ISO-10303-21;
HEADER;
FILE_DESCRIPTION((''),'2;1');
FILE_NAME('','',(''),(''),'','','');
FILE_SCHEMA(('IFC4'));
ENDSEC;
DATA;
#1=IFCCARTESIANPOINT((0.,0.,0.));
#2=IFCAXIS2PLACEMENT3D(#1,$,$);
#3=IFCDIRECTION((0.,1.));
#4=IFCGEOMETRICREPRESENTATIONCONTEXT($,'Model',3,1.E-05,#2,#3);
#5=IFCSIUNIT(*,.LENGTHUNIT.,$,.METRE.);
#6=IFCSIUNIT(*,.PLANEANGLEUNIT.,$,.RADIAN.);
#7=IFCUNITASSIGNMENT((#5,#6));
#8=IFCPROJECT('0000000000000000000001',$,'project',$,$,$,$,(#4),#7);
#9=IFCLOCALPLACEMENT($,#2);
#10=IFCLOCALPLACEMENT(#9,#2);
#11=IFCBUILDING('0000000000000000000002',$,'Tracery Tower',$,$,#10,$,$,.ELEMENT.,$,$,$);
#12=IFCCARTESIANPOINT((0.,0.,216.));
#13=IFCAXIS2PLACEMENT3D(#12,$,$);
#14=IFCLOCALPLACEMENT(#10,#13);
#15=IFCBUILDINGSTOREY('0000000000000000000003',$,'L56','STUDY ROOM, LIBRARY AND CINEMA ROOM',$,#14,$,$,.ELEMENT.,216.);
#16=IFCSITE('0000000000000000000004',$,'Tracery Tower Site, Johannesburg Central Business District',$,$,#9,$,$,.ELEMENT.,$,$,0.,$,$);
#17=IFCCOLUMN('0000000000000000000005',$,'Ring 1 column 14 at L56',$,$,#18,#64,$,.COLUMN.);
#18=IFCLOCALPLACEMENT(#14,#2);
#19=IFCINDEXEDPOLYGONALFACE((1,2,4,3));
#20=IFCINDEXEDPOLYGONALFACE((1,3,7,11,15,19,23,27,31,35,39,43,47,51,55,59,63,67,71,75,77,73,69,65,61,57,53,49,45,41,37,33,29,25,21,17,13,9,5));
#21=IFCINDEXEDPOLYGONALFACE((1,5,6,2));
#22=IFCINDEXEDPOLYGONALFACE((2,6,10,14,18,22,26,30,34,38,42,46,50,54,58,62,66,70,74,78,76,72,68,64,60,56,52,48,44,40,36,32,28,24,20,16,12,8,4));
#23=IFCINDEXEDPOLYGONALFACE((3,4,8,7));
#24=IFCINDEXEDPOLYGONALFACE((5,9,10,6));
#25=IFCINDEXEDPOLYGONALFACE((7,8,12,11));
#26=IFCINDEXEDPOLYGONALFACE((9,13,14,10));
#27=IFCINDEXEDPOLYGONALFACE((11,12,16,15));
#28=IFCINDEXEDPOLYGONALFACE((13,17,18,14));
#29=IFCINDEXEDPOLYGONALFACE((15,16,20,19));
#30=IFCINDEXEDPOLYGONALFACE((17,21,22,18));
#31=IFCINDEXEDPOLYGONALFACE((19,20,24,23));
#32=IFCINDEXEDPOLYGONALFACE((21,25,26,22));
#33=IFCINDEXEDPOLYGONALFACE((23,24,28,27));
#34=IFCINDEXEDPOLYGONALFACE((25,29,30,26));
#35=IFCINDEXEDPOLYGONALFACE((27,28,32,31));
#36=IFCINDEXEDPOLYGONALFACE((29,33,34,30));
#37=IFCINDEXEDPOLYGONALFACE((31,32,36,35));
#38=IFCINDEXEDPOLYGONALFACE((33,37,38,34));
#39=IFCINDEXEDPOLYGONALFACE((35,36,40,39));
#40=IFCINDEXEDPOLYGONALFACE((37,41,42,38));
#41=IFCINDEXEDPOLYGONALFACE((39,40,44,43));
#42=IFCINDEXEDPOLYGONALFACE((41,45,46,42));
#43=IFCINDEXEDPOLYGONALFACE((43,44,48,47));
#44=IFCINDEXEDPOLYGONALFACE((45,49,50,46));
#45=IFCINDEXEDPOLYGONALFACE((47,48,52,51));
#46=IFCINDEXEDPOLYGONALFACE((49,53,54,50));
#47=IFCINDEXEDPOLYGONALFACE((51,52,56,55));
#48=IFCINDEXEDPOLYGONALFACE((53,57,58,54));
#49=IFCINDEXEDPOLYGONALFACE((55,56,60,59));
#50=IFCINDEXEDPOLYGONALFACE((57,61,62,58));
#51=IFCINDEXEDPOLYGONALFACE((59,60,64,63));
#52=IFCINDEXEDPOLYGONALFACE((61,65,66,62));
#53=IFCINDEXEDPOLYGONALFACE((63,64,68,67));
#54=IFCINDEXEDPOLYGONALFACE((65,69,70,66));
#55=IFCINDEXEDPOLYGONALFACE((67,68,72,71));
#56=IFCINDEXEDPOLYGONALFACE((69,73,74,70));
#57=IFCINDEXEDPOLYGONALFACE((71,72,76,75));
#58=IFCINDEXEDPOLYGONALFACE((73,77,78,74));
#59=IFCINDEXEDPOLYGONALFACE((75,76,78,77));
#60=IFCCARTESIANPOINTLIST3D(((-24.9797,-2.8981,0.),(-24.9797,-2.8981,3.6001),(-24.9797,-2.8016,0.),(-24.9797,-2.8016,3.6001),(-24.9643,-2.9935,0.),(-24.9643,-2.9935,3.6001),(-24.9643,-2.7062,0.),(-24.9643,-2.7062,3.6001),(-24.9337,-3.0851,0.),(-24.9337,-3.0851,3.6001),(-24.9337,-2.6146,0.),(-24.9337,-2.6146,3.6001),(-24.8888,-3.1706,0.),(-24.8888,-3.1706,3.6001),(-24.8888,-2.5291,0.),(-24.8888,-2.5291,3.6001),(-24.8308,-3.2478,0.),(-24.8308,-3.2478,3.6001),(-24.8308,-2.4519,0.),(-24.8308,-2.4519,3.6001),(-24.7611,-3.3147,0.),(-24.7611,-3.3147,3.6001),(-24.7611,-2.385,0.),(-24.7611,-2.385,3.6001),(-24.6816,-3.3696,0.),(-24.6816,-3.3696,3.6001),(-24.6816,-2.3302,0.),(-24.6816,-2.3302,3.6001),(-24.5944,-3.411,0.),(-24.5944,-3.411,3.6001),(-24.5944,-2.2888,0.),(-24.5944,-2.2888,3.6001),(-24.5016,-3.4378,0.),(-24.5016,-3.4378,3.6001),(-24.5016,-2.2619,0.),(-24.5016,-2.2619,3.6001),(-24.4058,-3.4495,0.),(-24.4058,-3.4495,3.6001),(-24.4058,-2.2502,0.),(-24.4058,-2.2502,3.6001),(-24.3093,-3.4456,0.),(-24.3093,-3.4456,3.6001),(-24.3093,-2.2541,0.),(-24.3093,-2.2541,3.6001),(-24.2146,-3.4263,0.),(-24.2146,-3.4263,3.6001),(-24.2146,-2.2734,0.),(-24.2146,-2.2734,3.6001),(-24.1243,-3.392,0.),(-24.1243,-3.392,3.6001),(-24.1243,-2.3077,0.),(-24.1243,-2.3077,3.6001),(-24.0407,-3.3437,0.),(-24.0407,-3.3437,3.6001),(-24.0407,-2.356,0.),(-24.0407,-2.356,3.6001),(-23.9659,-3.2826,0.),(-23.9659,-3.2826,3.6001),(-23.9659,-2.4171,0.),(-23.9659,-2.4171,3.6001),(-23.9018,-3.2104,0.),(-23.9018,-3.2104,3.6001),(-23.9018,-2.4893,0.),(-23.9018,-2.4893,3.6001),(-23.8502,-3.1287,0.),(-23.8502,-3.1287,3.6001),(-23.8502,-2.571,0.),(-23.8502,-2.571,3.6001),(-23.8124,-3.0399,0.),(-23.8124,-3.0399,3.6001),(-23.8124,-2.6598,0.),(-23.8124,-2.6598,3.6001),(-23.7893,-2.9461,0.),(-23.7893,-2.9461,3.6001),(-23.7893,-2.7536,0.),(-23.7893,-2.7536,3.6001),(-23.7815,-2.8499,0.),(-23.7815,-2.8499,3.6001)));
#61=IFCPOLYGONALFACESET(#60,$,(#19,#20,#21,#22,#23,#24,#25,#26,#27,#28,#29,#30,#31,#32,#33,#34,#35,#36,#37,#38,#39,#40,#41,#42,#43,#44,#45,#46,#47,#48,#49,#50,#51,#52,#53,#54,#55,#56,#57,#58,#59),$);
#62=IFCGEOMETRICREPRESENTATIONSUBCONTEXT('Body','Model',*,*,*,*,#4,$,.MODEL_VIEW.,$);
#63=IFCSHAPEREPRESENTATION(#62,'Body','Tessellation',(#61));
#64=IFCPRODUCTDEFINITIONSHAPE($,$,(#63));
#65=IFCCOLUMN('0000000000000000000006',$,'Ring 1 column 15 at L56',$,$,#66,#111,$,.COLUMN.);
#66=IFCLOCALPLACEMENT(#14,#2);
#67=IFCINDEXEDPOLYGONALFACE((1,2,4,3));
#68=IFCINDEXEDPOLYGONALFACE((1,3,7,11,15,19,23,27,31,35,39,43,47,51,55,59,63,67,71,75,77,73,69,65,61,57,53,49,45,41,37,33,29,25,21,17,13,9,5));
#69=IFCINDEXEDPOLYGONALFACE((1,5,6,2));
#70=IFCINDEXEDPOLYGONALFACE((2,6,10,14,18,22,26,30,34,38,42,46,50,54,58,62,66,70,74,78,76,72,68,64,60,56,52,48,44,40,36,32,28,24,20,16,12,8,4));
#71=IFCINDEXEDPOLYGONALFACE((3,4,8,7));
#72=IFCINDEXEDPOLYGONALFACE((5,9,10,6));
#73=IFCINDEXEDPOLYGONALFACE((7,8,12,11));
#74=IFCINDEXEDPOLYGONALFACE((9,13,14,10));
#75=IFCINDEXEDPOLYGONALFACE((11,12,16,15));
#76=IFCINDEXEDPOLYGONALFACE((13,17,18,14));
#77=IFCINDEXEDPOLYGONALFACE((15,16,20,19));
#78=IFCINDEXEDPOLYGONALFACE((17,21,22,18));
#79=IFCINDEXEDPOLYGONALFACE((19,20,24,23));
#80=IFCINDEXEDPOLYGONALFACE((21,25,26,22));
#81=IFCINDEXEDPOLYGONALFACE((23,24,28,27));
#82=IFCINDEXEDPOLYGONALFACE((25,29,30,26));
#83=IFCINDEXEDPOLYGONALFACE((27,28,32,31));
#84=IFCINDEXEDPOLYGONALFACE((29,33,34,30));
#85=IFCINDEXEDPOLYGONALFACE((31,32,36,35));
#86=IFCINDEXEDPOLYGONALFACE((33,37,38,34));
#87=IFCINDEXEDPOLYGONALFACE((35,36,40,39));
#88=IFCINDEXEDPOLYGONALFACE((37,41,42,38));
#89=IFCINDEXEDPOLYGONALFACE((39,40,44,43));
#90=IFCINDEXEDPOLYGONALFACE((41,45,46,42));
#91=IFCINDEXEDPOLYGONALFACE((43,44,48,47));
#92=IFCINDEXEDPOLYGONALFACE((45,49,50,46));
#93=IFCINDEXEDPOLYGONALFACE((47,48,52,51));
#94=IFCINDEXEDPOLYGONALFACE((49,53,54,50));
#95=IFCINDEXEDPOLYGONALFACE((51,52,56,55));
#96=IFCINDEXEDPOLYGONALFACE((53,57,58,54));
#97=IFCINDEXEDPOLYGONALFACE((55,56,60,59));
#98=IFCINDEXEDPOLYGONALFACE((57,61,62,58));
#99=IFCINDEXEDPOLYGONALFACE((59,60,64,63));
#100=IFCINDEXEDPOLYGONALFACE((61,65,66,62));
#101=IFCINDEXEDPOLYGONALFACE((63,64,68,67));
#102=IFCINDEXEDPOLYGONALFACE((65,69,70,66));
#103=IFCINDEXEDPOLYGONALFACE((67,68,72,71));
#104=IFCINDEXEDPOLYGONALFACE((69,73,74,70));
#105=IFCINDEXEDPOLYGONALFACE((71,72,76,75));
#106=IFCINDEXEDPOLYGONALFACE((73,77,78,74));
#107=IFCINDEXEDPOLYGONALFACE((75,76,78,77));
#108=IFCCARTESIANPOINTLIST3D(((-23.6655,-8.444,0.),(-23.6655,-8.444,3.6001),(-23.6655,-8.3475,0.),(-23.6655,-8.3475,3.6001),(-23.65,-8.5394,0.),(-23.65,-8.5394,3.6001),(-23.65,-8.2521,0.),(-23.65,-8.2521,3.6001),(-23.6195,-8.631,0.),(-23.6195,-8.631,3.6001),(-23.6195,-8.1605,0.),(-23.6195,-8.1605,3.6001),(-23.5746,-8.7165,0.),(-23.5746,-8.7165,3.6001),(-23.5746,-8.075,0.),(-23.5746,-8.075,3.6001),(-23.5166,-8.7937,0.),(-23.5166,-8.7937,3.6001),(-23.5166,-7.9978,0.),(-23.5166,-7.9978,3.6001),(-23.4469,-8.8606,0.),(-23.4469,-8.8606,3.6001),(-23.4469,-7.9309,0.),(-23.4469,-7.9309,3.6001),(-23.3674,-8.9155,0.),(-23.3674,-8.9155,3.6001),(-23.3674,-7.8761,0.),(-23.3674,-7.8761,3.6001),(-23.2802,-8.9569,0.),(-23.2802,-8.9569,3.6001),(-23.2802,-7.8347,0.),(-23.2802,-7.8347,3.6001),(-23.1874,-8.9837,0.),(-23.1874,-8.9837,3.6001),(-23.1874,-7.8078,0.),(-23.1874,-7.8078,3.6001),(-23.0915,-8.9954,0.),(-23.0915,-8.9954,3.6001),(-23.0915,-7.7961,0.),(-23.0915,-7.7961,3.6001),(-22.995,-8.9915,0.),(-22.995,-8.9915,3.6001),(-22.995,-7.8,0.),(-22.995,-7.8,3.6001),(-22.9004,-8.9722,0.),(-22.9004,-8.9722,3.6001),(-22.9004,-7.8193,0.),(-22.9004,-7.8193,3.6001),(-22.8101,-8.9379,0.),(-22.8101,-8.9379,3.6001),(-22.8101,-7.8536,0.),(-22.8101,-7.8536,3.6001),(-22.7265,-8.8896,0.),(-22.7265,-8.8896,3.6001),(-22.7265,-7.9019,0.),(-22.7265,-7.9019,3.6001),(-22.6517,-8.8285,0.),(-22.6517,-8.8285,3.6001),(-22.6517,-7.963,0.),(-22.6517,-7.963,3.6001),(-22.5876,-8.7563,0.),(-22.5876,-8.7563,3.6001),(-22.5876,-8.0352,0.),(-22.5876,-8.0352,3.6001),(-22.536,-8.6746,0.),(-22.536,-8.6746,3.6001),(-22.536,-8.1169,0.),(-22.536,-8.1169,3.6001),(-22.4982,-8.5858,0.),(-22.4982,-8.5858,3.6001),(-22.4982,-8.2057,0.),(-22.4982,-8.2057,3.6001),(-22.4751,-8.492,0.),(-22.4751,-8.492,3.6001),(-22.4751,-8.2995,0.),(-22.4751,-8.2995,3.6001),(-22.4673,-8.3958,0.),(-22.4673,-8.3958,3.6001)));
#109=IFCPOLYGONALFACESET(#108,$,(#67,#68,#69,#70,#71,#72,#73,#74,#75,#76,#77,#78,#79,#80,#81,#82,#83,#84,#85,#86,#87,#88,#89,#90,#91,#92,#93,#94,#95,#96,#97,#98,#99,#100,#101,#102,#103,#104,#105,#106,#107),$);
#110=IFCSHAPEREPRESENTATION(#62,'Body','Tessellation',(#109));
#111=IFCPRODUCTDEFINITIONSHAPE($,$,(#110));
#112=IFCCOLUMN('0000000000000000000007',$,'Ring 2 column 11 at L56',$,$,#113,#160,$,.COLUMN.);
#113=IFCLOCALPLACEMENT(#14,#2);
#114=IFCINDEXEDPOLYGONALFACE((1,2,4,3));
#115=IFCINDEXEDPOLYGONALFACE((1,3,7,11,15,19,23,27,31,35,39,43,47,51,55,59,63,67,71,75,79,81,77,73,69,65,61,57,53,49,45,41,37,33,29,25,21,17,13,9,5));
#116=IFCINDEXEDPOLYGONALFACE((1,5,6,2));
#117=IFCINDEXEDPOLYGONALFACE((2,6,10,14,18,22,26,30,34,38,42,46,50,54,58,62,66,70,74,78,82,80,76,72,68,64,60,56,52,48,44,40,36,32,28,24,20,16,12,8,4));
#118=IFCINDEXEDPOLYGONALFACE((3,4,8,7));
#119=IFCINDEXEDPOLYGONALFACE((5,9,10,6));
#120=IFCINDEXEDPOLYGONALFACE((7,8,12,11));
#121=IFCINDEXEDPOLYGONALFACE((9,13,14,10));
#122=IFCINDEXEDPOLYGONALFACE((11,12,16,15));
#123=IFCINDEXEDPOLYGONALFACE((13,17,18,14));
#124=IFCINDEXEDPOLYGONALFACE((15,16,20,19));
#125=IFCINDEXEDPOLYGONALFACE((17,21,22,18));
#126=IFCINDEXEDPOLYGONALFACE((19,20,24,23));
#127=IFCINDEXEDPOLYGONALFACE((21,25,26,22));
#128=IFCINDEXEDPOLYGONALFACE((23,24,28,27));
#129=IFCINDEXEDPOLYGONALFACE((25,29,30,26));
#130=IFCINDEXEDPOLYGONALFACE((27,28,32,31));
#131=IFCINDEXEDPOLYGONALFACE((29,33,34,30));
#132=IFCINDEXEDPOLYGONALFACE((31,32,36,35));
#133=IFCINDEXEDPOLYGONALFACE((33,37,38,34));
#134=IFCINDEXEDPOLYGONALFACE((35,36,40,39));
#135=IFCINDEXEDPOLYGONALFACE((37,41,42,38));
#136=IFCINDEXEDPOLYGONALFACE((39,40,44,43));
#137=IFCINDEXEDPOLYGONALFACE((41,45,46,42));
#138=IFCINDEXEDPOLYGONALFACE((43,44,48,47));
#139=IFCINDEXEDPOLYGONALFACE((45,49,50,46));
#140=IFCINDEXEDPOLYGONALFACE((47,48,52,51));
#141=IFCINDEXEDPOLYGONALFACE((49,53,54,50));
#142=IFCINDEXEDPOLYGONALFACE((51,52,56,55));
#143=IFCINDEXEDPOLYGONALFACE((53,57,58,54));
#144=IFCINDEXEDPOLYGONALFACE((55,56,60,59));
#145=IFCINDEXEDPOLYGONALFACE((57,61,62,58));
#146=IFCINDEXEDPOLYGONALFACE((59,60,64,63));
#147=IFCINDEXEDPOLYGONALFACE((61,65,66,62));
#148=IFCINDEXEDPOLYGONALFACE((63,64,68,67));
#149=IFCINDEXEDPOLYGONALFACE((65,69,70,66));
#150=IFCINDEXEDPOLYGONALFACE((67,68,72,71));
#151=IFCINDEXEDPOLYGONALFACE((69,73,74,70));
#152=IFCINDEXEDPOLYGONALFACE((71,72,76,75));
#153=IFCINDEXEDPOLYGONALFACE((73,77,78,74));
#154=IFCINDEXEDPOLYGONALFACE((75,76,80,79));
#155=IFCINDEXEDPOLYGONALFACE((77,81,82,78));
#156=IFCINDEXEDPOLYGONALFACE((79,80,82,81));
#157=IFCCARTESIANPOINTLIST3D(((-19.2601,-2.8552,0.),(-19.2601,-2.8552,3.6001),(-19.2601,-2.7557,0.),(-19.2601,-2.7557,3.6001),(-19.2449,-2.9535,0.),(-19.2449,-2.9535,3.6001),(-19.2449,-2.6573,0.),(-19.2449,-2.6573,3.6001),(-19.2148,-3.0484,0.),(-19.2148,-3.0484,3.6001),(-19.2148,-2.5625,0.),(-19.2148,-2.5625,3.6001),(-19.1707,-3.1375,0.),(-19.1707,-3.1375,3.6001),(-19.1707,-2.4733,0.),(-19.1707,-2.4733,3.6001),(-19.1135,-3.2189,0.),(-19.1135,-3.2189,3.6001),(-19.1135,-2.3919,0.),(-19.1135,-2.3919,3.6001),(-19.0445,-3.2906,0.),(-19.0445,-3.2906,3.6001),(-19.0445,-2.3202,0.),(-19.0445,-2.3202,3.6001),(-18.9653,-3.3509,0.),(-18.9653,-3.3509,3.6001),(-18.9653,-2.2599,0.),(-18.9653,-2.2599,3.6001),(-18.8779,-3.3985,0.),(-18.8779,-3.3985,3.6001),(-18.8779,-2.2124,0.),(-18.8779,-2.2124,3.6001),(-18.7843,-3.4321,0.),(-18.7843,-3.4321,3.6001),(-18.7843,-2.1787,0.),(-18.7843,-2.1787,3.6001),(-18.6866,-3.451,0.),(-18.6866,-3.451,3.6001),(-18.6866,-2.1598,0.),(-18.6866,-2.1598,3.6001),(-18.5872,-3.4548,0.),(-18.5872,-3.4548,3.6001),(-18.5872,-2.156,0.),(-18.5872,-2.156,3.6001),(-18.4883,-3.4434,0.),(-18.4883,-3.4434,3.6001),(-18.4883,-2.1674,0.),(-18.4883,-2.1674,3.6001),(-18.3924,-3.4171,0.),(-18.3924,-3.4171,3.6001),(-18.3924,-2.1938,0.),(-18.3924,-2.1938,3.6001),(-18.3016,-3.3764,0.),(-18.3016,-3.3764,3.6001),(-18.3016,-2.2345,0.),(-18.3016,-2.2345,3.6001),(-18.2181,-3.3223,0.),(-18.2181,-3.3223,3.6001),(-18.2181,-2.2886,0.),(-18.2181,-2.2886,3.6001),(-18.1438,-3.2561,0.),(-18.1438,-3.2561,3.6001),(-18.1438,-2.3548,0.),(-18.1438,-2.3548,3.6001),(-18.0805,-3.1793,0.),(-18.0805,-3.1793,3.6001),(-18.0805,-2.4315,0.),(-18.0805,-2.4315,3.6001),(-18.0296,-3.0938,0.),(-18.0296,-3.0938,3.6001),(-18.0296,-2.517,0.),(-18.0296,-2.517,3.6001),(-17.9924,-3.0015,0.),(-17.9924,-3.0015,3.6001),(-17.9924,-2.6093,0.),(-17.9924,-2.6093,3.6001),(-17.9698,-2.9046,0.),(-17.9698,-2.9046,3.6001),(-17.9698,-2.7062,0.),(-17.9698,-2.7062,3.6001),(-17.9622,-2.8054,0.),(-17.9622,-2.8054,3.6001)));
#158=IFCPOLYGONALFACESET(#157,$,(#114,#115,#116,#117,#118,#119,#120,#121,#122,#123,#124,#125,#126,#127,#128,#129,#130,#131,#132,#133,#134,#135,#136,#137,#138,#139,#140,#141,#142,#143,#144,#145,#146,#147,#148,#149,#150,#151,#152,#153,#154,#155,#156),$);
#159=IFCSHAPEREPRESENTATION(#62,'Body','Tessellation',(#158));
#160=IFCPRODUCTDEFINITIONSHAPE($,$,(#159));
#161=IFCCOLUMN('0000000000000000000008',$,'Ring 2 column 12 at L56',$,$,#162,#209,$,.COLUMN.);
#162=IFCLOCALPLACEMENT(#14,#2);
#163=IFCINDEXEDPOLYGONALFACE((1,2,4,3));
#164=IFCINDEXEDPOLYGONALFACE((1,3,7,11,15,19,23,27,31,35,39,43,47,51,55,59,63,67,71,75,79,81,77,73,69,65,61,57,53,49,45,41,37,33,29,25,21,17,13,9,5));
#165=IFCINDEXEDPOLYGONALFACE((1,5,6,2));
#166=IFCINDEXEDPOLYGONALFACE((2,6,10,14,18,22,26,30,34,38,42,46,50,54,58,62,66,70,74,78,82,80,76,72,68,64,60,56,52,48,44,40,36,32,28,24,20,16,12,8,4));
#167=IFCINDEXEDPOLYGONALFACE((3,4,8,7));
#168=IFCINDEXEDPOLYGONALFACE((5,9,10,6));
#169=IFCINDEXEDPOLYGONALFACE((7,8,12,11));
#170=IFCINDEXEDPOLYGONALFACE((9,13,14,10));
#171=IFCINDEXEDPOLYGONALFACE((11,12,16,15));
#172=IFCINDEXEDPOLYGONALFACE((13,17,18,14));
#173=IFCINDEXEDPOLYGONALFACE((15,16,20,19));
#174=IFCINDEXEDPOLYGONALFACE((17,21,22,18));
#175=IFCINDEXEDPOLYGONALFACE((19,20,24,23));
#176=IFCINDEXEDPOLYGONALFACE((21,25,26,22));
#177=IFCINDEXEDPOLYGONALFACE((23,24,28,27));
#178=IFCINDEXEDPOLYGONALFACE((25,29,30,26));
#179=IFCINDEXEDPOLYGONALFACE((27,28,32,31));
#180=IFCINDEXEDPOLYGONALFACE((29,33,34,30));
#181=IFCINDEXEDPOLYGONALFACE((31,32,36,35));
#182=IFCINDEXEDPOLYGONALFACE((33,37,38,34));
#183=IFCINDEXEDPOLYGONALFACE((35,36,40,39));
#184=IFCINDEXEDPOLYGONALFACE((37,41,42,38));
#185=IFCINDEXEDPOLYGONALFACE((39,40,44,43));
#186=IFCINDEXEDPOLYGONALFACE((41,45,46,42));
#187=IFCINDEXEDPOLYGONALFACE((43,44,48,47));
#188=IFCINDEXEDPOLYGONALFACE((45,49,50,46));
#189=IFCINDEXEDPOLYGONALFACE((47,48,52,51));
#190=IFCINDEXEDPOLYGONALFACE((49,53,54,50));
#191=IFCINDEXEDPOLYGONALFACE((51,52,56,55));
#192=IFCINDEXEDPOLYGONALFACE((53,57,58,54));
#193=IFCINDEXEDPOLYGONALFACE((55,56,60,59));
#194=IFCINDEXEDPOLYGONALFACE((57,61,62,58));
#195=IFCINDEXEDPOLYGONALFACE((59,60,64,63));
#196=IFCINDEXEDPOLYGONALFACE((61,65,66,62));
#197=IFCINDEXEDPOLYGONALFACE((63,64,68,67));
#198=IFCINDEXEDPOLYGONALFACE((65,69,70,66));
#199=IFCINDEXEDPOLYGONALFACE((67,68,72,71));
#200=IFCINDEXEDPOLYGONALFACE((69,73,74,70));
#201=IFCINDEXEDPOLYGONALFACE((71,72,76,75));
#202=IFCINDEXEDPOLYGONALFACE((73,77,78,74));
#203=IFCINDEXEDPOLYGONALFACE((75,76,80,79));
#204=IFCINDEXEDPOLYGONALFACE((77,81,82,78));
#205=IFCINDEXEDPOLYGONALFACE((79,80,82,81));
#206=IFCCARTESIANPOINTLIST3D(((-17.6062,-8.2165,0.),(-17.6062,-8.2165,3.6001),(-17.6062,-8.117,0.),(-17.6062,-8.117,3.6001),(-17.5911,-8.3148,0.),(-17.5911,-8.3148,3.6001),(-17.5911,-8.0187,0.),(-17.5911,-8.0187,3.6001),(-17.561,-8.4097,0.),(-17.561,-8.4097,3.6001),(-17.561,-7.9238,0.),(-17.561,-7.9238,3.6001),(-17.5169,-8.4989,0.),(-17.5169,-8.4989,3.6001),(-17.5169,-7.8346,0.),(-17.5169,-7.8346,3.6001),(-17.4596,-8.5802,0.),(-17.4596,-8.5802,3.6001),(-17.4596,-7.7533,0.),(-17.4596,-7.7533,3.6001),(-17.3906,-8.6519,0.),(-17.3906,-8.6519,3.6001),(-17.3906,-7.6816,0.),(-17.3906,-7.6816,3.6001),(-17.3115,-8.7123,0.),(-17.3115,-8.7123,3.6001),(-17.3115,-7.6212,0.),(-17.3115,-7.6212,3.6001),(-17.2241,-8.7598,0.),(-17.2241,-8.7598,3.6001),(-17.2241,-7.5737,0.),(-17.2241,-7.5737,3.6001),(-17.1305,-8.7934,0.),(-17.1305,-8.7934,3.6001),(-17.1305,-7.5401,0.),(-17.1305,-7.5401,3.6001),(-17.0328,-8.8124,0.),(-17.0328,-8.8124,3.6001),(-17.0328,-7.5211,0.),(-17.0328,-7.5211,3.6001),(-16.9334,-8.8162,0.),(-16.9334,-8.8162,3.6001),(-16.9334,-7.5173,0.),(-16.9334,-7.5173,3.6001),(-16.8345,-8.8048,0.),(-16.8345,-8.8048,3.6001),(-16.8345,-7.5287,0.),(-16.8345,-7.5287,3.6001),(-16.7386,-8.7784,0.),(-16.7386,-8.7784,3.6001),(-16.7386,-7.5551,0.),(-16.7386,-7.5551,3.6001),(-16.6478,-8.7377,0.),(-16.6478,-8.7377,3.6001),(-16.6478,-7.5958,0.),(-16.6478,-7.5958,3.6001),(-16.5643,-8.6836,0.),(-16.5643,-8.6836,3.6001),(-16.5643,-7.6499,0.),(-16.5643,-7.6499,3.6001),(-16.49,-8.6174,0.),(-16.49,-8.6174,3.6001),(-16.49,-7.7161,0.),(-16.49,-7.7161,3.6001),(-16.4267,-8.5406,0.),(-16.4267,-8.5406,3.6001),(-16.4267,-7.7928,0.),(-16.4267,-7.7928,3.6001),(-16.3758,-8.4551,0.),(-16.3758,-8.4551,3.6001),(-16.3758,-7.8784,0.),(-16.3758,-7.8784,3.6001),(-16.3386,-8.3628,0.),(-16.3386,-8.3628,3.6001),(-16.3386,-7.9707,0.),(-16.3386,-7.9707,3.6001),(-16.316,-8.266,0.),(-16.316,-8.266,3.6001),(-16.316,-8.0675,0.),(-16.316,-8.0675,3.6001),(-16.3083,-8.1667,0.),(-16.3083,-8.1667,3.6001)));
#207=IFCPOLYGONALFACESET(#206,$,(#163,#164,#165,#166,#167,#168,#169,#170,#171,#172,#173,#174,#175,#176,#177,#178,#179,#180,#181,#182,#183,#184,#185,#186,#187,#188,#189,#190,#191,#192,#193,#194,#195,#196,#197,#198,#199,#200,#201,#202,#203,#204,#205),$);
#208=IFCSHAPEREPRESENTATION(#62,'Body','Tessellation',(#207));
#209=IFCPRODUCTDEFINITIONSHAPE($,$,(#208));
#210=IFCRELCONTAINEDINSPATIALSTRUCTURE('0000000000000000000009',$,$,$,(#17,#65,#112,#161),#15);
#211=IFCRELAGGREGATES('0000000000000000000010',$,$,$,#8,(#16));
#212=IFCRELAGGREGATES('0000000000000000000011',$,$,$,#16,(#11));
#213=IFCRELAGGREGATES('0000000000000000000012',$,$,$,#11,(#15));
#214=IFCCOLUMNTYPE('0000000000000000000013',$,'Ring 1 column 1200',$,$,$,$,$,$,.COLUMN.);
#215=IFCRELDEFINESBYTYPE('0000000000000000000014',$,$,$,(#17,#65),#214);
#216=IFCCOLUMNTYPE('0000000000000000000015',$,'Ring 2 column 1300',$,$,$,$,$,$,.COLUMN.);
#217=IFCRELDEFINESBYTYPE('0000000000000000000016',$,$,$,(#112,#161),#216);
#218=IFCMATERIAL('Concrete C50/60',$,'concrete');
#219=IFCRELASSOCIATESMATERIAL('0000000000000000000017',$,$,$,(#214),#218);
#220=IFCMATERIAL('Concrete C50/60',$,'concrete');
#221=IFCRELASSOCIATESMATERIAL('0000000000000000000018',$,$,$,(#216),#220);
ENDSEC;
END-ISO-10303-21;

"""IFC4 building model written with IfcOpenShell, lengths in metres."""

from ifc_helpers import new_model, si_unit, direction, frame, origin, origin_2d, place, context, subcontext, project, spatial, circle, extrude, material, material_profile, profile_set, type_object, element, save


model = new_model("IFC4")

# Units and contexts
model_context = context("Model", 3, precision=1e-05, world=origin(), true_north=direction((0.0, 1.0)))
body_context = subcontext(model_context, "Body", "Model", "MODEL_VIEW")
ifc_project = project(units=[si_unit("LENGTHUNIT", "METRE"), si_unit("PLANEANGLEUNIT", "RADIAN")], contexts=[model_context])

# Site, building, storey
site_placement = place(None, origin())
site = spatial("IfcSite", under=ifc_project, at=site_placement, Name="Tracery Tower Site, Johannesburg Central Business District", CompositionType="ELEMENT", RefElevation=0.0)
building_placement = place(site_placement, origin())
building = spatial("IfcBuilding", under=site, at=building_placement, Name="Tracery Tower", CompositionType="ELEMENT")
storey_placement = place(building_placement, frame((0.0, 0.0, 216.0)))
storey = spatial("IfcBuildingStorey", under=building, at=storey_placement, Name="L56", Description="STUDY ROOM, LIBRARY AND CINEMA ROOM", CompositionType="ELEMENT", Elevation=216.0)

# Columns
ifc_material_1 = material(Name="Concrete C50/60", Category="concrete")
ifc_material_profile_1 = material_profile(ifc_material_1, circle(Radius=0.6001, at=origin_2d()), Name="RC D1200")
ifc_profile_set_1 = profile_set([ifc_material_profile_1], Name="Concrete C50/60")
column_type_1 = type_object("IfcColumnType", Name="Ring 1 column 1200", PredefinedType="COLUMN", material=ifc_profile_set_1)
for number, where, z_axis, x_axis, name in (
    (1, (-24.3816, -2.8499, 0.0), (0.0, 0.0, 1.0), (1.0, 0.0, 0.0), "Ring 1 column 14 at L56"),
    (2, (-23.0674, -8.3958, 0.0), (0.0, 0.0, 1.0), (1.0, 0.0, 0.0), "Ring 1 column 15 at L56"),
):
    element("IfcColumn", number, at=place(storey_placement, frame(where, z_axis=z_axis, x_axis=x_axis)), inside=storey, type_object=column_type_1, Name=name, PredefinedType="COLUMN", context=body_context, shape_type="SweptSolid", body=[
        extrude(circle(Radius=0.6001, at=origin_2d()), origin(), (0.0, 0.0, 1.0), 3.6001),
    ])
ifc_material_2 = material(Name="Concrete C50/60", Category="concrete")
ifc_material_profile_2 = material_profile(ifc_material_2, circle(Radius=0.6499, at=origin_2d()), Name="RC D1300")
ifc_profile_set_2 = profile_set([ifc_material_profile_2], Name="Concrete C50/60")
column_type_2 = type_object("IfcColumnType", Name="Ring 2 column 1300", PredefinedType="COLUMN", material=ifc_profile_set_2)
for number, where, z_axis, x_axis, name in (
    (3, (-18.6121, -2.8054, 0.0), (0.0, 0.0, 1.0), (1.0, 0.0, 0.0), "Ring 2 column 11 at L56"),
    (4, (-16.9583, -8.1667, 0.0), (0.0, 0.0, 1.0), (1.0, 0.0, 0.0), "Ring 2 column 12 at L56"),
):
    element("IfcColumn", number, at=place(storey_placement, frame(where, z_axis=z_axis, x_axis=x_axis)), inside=storey, type_object=column_type_2, Name=name, PredefinedType="COLUMN", context=body_context, shape_type="SweptSolid", body=[
        extrude(circle(Radius=0.6499, at=origin_2d()), origin(), (0.0, 0.0, 1.0), 3.6001),
    ])

save(model, "model.ifc")
